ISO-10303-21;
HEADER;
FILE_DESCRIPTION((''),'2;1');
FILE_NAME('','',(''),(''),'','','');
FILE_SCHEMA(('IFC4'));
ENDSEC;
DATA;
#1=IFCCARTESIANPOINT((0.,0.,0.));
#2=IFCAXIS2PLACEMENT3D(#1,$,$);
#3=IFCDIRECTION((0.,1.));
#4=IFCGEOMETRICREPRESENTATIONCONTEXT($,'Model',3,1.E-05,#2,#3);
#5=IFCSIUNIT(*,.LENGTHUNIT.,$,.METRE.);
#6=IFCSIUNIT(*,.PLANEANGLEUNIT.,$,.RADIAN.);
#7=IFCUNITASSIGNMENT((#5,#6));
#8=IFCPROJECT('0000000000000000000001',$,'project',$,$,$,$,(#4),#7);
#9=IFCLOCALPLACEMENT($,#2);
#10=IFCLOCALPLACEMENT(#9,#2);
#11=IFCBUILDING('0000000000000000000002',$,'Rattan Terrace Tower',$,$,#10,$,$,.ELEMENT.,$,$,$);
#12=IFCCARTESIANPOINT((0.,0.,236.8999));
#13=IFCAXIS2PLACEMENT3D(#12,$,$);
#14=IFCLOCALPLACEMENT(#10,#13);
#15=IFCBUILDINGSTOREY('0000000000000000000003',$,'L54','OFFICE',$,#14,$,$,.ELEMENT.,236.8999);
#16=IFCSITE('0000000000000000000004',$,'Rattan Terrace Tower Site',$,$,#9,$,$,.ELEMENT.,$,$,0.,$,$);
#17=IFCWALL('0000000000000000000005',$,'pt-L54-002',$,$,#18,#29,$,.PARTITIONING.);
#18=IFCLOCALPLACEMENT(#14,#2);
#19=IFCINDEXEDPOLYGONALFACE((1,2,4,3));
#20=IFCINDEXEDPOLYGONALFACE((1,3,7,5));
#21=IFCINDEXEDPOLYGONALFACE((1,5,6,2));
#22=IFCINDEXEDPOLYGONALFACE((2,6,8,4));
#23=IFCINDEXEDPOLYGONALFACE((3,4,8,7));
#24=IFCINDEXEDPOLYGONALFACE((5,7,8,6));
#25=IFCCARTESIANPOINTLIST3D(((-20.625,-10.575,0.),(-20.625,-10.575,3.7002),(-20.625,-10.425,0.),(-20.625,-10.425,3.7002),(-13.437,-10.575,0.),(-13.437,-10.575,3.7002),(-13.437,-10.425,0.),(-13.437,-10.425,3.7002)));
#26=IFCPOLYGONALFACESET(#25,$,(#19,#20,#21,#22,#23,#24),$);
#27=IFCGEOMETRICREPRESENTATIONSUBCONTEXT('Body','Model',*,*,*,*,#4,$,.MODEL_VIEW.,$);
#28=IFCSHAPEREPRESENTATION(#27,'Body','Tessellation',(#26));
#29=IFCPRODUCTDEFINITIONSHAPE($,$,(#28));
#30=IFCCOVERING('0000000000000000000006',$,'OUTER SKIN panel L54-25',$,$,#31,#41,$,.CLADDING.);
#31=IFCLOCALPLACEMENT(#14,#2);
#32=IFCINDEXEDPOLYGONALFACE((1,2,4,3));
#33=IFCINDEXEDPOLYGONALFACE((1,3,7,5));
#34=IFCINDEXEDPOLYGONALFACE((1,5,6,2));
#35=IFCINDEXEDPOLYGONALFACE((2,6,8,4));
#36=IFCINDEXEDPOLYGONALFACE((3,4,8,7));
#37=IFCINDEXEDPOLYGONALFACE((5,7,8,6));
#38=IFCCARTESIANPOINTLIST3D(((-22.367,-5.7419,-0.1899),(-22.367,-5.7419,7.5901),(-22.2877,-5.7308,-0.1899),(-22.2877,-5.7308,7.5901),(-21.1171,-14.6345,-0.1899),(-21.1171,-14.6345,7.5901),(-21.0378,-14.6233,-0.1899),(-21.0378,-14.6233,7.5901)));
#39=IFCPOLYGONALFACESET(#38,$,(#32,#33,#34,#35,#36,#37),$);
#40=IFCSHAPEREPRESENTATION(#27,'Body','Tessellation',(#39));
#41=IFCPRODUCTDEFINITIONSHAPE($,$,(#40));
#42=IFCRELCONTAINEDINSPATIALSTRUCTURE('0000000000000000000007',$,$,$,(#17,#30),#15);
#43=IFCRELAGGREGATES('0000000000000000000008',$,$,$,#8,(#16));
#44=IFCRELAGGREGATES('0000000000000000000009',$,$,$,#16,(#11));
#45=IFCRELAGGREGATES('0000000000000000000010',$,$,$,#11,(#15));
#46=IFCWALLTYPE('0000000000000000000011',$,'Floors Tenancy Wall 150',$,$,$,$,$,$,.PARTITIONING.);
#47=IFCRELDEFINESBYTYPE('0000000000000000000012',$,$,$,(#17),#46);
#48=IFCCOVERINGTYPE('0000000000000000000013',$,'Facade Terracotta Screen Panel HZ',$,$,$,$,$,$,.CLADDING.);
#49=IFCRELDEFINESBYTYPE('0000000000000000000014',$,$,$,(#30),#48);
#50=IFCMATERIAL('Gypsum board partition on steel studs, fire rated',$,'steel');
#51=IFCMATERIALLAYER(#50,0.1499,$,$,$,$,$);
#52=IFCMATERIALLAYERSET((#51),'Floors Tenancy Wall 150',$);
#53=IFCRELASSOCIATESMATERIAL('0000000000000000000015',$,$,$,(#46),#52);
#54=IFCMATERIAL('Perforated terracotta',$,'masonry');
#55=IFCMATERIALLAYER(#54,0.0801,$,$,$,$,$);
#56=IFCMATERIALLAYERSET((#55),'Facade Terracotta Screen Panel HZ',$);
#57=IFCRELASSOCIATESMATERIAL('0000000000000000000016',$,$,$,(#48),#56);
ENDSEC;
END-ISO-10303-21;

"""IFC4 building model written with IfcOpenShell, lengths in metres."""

from ifc_helpers import new_model, si_unit, direction, frame, frame_2d, origin, origin_2d, place, context, subcontext, project, spatial, rectangle, extrude, material, layer, layer_set, type_object, element, save


model = new_model("IFC4")

# Units and contexts
model_context = context("Model", 3, precision=1e-05, world=origin(), true_north=direction((0.0, 1.0)))
body_context = subcontext(model_context, "Body", "Model", "MODEL_VIEW")
ifc_project = project(units=[si_unit("LENGTHUNIT", "METRE"), si_unit("PLANEANGLEUNIT", "RADIAN")], contexts=[model_context])

# Site, building, storey
site_placement = place(None, origin())
site = spatial("IfcSite", under=ifc_project, at=site_placement, Name="Rattan Terrace Tower Site", CompositionType="ELEMENT", RefElevation=0.0)
building_placement = place(site_placement, origin())
building = spatial("IfcBuilding", under=site, at=building_placement, Name="Rattan Terrace Tower", CompositionType="ELEMENT")
storey_placement = place(building_placement, frame((0.0, 0.0, 236.8999)))
storey = spatial("IfcBuildingStorey", under=building, at=storey_placement, Name="L54", Description="OFFICE", CompositionType="ELEMENT", Elevation=236.8999)

# Wall
ifc_material_1 = material(Name="Gypsum board partition on steel studs, fire rated", Category="steel")
ifc_layer_1 = layer(ifc_material_1, 0.1499)
ifc_layer_set_1 = layer_set([ifc_layer_1], Name="Floors Tenancy Wall 150")
wall_type_1 = type_object("IfcWallType", Name="Floors Tenancy Wall 150", PredefinedType="PARTITIONING", material=ifc_layer_set_1)
wall_1_placement = place(storey_placement, frame((-13.437, -10.5, 0.0), z_axis=(0.0, 0.0, 1.0), x_axis=(-1.0, 0.0, 0.0)))
element("IfcWall", 1, at=wall_1_placement, inside=storey, type_object=wall_type_1, Name="pt-L54-002", PredefinedType="PARTITIONING", context=body_context, shape_type="SweptSolid", body=[
    extrude(rectangle(XDim=7.188, YDim=0.1499, at=frame_2d((3.594, 0.0))), origin(), (0.0, 0.0, 1.0), 3.7002),
])

# Covering
ifc_material_2 = material(Name="Perforated terracotta", Category="masonry")
ifc_layer_2 = layer(ifc_material_2, 0.0801)
ifc_layer_set_2 = layer_set([ifc_layer_2], Name="Facade Terracotta Screen Panel HZ")
covering_type = type_object("IfcCoveringType", Name="Facade Terracotta Screen Panel HZ", PredefinedType="CLADDING", material=ifc_layer_set_2)
covering_placement = place(storey_placement, frame((-21.7024, -10.1826, -0.1899), z_axis=(0.0, 0.0, 1.0), x_axis=(0.139186, -0.990266, 0.0)))
element("IfcCovering", 2, at=covering_placement, inside=storey, type_object=covering_type, Name="OUTER SKIN panel L54-25", PredefinedType="CLADDING", context=body_context, shape_type="SweptSolid", body=[
    extrude(rectangle(XDim=8.98, YDim=0.0801, at=origin_2d()), origin(), (0.0, 0.0, 1.0), 7.78),
])

save(model, "model.ifc")
